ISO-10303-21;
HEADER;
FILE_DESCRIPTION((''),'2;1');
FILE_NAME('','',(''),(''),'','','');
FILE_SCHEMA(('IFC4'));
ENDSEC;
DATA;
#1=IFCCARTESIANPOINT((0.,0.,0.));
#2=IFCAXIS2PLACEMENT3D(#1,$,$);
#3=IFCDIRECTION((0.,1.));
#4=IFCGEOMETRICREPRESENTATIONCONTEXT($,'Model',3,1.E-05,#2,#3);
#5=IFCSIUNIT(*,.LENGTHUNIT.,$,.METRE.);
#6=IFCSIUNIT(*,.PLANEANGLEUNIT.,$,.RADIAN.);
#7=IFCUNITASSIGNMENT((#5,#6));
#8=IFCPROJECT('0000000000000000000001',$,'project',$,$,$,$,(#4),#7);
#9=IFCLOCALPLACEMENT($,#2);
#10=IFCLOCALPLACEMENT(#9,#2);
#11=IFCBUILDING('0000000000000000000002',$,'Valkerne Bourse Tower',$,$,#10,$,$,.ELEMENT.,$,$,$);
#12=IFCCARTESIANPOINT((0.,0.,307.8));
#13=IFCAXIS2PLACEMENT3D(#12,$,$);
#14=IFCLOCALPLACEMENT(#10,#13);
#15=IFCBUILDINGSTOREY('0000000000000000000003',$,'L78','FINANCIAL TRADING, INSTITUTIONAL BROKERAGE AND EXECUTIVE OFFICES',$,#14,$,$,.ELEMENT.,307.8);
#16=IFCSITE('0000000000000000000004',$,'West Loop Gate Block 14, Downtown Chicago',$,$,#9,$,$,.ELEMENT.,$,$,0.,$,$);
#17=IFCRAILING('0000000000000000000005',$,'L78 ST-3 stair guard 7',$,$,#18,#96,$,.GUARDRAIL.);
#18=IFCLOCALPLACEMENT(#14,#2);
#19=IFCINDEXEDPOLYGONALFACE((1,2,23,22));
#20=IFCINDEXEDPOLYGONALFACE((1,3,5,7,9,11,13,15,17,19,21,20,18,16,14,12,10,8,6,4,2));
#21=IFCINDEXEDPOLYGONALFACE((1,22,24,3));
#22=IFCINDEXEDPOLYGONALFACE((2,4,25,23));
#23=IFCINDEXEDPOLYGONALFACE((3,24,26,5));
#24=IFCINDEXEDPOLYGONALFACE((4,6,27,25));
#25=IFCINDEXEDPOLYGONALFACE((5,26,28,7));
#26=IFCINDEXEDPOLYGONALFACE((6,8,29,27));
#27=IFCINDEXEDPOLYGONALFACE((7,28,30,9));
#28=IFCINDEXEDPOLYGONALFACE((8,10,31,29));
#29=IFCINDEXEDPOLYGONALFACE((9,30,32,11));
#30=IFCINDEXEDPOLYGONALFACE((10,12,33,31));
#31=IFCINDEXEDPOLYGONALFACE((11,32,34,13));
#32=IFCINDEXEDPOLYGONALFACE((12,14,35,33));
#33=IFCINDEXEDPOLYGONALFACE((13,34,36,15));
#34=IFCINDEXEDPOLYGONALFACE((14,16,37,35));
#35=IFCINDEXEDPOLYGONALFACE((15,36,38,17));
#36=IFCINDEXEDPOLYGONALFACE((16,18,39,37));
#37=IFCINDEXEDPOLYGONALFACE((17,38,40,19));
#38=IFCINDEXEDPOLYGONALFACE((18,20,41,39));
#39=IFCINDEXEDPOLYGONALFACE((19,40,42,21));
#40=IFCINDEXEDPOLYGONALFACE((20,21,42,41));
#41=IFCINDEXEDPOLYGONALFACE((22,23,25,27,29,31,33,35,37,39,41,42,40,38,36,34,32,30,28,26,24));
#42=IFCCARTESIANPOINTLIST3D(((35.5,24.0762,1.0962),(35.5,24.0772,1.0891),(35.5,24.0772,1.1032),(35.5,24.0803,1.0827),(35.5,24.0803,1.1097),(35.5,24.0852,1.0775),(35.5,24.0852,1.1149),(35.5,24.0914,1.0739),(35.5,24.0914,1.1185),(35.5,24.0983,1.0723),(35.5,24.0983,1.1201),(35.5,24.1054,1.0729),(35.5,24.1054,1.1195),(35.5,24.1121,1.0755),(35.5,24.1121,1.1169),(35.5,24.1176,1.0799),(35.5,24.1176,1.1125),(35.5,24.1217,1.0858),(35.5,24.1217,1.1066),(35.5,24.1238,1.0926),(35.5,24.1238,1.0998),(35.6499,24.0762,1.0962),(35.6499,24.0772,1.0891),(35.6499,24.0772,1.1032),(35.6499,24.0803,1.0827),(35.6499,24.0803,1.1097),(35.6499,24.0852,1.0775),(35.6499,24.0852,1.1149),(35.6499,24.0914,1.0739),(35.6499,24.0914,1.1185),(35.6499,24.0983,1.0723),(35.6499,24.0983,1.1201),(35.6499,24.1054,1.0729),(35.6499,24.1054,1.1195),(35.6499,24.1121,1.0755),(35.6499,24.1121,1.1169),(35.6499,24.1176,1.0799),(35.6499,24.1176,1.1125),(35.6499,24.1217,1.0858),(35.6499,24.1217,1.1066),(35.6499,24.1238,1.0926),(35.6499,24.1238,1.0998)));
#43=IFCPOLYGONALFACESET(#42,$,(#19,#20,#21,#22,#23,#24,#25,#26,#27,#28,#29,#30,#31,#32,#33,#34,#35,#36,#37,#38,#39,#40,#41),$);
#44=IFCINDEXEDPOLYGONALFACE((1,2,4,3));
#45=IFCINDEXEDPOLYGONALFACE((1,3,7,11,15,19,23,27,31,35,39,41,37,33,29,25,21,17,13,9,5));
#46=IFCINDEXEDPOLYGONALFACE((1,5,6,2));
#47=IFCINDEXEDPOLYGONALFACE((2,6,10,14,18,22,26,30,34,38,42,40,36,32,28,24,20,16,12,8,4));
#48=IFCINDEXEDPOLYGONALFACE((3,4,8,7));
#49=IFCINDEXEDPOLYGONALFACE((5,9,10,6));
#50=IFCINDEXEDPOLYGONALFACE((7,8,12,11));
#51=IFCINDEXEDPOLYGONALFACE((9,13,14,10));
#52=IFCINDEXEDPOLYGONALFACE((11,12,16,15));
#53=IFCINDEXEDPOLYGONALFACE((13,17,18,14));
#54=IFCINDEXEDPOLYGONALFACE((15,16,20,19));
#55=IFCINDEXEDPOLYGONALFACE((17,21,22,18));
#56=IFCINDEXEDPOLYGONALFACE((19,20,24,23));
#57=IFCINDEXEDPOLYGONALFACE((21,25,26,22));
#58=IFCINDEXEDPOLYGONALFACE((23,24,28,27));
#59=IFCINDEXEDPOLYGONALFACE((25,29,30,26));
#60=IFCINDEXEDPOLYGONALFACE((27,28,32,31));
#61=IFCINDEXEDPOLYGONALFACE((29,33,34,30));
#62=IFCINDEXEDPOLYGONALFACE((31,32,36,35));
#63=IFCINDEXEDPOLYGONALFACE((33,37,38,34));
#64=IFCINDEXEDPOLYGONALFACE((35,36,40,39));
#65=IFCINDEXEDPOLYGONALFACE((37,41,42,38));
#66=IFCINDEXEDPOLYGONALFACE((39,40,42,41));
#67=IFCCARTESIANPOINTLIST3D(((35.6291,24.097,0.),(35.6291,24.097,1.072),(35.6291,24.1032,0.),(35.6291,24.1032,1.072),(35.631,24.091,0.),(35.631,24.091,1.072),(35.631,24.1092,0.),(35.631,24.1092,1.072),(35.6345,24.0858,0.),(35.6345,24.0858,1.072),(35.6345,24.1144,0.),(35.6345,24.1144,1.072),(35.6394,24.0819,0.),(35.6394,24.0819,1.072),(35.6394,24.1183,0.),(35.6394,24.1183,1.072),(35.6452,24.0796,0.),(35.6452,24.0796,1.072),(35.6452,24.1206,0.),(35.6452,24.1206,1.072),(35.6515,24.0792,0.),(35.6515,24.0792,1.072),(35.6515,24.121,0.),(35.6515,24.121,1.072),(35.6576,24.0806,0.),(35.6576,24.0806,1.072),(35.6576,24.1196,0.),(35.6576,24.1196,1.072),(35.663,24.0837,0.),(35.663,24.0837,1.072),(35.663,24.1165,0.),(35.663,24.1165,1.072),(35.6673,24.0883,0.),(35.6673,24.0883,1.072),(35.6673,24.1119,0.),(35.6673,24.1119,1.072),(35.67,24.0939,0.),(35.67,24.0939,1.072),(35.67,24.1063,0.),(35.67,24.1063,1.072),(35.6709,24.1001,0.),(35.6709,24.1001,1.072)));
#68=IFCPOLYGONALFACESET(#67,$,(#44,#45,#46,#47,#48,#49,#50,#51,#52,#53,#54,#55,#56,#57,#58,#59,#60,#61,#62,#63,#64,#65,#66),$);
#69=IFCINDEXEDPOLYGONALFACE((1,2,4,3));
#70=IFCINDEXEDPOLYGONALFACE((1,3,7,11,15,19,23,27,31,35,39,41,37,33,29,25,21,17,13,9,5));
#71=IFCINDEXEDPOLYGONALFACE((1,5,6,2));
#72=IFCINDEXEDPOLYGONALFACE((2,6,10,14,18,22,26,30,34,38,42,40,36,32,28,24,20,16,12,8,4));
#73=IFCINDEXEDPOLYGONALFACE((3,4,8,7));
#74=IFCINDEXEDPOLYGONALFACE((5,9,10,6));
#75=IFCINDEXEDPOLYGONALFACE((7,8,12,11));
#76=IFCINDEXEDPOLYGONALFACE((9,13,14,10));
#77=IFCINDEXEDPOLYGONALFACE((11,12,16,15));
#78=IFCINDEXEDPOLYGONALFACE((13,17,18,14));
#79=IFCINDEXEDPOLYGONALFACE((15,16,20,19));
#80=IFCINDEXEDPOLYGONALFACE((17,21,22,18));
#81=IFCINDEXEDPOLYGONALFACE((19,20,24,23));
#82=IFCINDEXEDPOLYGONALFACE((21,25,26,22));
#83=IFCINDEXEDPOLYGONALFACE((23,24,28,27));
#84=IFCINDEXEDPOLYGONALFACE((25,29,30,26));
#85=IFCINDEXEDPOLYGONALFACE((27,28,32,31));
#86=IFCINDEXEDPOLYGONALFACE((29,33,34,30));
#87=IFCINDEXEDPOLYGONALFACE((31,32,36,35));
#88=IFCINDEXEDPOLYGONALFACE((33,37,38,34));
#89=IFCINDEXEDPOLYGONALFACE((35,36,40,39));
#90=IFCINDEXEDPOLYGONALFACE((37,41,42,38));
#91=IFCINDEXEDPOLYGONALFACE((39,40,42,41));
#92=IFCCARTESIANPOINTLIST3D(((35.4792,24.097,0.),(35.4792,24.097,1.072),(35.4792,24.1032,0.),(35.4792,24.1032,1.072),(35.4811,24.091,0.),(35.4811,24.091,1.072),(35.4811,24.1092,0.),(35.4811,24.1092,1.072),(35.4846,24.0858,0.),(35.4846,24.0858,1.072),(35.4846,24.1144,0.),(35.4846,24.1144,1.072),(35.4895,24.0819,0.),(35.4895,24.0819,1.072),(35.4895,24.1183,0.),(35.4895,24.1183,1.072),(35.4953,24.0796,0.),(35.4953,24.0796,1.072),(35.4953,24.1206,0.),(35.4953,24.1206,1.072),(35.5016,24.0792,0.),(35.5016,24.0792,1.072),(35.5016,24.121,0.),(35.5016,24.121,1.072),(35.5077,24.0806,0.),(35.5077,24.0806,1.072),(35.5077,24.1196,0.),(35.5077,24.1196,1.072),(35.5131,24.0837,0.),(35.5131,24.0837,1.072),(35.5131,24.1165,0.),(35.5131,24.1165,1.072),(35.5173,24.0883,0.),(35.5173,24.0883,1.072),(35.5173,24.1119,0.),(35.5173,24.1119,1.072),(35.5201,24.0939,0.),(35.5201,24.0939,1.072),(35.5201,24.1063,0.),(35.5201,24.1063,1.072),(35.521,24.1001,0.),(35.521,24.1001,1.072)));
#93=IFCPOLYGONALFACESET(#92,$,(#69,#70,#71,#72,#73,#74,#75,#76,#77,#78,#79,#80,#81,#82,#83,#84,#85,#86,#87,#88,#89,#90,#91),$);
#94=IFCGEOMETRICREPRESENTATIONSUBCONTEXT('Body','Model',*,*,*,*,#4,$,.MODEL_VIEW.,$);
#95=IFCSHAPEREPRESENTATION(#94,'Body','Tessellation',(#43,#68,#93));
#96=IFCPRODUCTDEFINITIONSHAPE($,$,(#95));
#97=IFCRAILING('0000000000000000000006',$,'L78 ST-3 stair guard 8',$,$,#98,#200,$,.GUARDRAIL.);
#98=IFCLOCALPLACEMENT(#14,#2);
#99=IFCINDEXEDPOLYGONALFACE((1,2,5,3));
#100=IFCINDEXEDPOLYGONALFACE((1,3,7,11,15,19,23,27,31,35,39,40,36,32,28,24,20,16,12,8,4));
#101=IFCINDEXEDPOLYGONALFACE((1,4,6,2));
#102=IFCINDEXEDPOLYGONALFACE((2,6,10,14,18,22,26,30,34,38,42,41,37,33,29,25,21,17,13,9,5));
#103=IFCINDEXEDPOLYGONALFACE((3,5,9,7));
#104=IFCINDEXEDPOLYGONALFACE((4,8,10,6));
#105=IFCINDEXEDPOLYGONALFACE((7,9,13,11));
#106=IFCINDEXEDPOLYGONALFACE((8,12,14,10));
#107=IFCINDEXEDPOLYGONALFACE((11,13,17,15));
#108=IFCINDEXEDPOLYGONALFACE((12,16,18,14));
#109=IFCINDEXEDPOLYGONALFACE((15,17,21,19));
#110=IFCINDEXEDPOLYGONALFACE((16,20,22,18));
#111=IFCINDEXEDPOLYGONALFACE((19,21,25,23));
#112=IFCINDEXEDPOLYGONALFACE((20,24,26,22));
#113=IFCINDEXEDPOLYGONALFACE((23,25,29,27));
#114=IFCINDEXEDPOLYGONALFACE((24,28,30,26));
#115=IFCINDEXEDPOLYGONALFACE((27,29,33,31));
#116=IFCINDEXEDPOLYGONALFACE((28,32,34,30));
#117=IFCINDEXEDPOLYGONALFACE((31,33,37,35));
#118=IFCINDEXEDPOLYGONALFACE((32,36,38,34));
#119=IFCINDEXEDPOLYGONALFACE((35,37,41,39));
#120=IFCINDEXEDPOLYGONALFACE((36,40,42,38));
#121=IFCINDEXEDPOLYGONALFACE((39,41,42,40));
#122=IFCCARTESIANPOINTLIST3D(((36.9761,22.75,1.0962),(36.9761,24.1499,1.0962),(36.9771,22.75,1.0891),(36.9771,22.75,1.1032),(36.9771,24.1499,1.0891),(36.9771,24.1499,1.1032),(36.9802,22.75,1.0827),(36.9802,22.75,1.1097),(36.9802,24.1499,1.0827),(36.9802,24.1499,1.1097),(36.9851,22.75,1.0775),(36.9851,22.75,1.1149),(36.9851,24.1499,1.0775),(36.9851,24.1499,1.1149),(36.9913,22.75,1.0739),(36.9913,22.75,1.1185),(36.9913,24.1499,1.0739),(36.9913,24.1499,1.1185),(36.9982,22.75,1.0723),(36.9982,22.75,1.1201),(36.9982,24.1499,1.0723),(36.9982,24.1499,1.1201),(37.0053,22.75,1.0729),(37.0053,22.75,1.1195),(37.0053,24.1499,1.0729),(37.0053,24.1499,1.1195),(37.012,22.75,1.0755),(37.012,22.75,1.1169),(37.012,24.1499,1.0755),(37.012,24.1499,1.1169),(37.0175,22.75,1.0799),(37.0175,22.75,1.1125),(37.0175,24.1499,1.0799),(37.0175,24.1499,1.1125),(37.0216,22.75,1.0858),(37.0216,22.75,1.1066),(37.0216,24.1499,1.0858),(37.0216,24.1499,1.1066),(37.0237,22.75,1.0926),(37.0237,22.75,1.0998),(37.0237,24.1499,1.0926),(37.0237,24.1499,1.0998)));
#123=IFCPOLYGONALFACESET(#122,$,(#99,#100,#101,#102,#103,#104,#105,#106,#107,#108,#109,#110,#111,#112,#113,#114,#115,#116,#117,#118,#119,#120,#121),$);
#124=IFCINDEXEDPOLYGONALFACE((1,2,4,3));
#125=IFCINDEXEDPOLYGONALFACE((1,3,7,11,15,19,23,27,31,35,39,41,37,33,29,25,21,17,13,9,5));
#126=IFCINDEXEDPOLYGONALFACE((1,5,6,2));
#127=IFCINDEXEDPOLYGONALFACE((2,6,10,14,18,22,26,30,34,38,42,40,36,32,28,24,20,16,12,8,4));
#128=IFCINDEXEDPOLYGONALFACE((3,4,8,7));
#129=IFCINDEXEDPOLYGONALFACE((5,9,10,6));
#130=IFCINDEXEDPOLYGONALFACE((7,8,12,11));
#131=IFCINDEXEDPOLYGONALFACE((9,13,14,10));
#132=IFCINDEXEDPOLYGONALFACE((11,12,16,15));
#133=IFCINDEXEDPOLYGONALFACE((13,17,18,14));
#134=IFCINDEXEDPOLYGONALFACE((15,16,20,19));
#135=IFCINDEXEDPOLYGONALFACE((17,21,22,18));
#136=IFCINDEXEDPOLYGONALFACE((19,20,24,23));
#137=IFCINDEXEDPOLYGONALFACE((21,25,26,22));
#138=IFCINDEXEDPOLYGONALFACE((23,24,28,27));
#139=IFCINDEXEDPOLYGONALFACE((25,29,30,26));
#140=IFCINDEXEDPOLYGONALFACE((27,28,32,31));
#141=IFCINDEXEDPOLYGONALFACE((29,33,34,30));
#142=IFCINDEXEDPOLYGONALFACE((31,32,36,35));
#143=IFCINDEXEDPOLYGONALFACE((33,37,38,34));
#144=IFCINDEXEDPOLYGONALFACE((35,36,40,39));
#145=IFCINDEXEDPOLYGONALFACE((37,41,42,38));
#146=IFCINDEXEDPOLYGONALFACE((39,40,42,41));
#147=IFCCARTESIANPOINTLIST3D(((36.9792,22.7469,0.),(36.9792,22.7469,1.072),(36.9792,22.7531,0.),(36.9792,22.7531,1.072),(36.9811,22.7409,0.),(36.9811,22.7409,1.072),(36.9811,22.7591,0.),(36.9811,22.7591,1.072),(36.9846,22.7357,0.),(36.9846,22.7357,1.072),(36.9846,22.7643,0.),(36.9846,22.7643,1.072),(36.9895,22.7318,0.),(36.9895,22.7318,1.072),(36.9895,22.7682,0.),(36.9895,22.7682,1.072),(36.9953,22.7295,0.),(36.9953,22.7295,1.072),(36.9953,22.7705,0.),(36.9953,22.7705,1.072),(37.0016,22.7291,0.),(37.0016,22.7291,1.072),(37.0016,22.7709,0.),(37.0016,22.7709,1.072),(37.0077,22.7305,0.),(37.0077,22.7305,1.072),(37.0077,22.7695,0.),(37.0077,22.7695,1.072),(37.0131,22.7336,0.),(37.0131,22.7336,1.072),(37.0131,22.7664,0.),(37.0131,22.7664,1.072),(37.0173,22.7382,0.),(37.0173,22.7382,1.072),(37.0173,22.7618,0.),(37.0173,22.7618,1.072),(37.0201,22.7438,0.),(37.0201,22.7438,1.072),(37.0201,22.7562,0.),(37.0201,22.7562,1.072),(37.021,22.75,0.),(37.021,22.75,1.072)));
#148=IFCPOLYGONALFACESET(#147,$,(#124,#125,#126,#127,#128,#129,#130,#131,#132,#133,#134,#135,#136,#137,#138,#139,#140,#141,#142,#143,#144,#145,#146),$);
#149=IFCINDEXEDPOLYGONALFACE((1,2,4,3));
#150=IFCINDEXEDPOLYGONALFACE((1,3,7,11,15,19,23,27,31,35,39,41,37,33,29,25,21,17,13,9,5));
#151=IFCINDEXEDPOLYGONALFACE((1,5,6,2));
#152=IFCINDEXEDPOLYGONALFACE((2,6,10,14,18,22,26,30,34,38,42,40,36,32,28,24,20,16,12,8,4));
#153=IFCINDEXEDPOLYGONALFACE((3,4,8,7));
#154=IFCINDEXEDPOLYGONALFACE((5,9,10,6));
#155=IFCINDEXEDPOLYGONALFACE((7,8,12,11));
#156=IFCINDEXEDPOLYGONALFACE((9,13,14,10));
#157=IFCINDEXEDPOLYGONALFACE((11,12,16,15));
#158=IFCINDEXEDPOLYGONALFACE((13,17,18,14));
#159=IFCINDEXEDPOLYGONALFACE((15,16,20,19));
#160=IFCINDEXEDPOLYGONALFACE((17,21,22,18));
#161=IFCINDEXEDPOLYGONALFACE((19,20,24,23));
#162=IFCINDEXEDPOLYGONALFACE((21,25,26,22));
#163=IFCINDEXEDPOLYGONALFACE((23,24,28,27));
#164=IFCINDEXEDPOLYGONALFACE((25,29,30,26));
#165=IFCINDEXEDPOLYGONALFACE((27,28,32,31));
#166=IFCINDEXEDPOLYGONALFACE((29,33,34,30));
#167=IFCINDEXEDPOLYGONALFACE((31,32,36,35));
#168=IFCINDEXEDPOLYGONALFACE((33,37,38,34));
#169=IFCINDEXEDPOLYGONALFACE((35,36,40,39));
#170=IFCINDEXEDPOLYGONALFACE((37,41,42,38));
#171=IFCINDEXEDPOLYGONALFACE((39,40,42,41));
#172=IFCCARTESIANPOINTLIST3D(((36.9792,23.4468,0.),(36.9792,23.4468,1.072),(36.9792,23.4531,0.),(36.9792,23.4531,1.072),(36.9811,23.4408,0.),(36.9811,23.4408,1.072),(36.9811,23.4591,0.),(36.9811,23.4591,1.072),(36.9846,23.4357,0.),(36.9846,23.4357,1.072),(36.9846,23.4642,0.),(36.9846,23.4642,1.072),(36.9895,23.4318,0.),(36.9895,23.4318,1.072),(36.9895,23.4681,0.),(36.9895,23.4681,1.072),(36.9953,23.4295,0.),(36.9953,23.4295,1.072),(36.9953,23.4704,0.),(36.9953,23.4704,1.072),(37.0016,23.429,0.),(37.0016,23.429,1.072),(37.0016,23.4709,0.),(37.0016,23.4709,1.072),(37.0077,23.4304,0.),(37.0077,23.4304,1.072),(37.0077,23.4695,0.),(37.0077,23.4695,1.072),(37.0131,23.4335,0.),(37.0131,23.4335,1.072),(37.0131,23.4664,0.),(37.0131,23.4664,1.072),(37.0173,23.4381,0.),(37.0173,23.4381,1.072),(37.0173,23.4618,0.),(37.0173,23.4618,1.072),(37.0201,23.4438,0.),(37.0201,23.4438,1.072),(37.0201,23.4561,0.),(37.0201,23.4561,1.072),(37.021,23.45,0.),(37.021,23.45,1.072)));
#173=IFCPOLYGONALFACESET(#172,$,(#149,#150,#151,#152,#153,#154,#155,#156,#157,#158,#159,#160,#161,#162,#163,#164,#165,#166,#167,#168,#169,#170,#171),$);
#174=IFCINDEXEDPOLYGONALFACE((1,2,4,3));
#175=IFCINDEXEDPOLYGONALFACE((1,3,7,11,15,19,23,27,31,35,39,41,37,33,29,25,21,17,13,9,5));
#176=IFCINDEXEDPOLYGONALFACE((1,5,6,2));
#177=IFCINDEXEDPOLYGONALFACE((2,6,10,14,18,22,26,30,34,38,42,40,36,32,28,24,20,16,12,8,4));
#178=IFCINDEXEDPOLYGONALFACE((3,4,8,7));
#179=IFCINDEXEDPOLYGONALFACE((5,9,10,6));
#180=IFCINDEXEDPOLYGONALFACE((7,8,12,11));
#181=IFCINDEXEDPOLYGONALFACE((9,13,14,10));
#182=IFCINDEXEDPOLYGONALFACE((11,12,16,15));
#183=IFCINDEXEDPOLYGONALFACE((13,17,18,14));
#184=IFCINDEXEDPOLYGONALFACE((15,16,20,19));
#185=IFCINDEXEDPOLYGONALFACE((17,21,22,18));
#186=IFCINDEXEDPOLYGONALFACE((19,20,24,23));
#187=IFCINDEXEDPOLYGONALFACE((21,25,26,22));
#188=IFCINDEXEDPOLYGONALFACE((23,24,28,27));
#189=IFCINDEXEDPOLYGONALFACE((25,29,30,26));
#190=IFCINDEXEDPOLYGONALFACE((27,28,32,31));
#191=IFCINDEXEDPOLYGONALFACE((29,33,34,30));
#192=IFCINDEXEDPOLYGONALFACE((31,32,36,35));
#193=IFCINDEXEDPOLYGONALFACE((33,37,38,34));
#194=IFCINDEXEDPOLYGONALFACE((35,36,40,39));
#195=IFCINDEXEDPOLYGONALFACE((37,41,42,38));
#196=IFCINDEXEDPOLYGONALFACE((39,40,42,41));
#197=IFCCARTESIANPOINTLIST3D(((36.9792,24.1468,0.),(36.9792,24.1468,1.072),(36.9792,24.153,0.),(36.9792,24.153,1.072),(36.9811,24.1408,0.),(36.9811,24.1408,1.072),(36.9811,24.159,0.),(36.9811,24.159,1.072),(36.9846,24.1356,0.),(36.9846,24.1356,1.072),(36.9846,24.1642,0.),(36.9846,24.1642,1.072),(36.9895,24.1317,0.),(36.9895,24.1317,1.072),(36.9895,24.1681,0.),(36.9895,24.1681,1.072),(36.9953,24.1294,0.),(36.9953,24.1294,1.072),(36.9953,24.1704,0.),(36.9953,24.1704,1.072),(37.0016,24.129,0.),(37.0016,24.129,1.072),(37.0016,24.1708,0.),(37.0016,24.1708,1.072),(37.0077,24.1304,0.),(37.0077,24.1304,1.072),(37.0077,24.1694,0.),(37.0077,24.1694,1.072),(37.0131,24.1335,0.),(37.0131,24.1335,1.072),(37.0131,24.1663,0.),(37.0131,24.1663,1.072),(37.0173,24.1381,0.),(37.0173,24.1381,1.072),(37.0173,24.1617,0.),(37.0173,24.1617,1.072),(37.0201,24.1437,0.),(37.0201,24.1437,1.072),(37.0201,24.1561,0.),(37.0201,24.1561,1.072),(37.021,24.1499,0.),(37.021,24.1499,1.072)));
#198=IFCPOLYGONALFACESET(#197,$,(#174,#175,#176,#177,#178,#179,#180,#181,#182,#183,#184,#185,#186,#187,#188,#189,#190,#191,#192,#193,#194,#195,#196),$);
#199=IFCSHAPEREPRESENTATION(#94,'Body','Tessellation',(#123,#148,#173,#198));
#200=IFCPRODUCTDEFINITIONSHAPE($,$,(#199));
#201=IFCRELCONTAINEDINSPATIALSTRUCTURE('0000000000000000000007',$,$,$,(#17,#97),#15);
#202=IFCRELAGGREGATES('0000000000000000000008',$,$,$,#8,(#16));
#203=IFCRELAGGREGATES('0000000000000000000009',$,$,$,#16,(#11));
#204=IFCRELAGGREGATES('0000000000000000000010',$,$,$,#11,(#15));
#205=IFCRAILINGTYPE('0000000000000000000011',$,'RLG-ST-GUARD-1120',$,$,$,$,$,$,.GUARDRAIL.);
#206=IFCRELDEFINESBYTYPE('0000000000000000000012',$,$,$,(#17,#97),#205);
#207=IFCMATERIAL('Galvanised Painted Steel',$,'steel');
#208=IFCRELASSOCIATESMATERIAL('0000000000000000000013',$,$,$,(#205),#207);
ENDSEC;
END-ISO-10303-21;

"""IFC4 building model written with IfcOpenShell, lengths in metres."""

from ifc_helpers import new_model, si_unit, direction, frame, origin, origin_2d, place, context, subcontext, project, spatial, circle, extrude, material, type_object, element, save


model = new_model("IFC4")

# Units and contexts
model_context = context("Model", 3, precision=1e-05, world=origin(), true_north=direction((0.0, 1.0)))
body_context = subcontext(model_context, "Body", "Model", "MODEL_VIEW")
ifc_project = project(units=[si_unit("LENGTHUNIT", "METRE"), si_unit("PLANEANGLEUNIT", "RADIAN")], contexts=[model_context])

# Site, building, storey
site_placement = place(None, origin())
site = spatial("IfcSite", under=ifc_project, at=site_placement, Name="West Loop Gate Block 14, Downtown Chicago", CompositionType="ELEMENT", RefElevation=0.0)
building_placement = place(site_placement, origin())
building = spatial("IfcBuilding", under=site, at=building_placement, Name="Valkerne Bourse Tower", CompositionType="ELEMENT")
storey_placement = place(building_placement, frame((0.0, 0.0, 307.8)))
storey = spatial("IfcBuildingStorey", under=building, at=storey_placement, Name="L78", Description="FINANCIAL TRADING, INSTITUTIONAL BROKERAGE AND EXECUTIVE OFFICES", CompositionType="ELEMENT", Elevation=307.8)

# Railings
ifc_material_1 = material(Name="Galvanised Painted Steel", Category="steel")
railing_type_1 = type_object("IfcRailingType", Name="RLG-ST-GUARD-1120", PredefinedType="GUARDRAIL", material=ifc_material_1)
railing_1_placement = place(storey_placement, frame((35.6499, 24.1001, 0.0)))
element("IfcRailing", 1, at=railing_1_placement, inside=storey, type_object=railing_type_1, Name="L78 ST-3 stair guard 7", PredefinedType="GUARDRAIL", context=body_context, shape_type="SweptSolid", body=[
    extrude(circle(Radius=0.0239, at=origin_2d()), frame((0.0, 0.0, 1.0962), z_axis=(-1.0, 0.0, 0.0), x_axis=(0.0, -1.0, 0.0)), (0.0, 0.0, 1.0), 0.1499),
    extrude(circle(Radius=0.021, at=origin_2d()), origin(), (0.0, 0.0, 1.0), 1.072),
    extrude(circle(Radius=0.021, at=origin_2d()), frame((-0.1499, 0.0, 0.0)), (0.0, 0.0, 1.0), 1.072),
])
railing_2_placement = place(storey_placement, frame((37.0, 22.75, 0.0)))
element("IfcRailing", 2, at=railing_2_placement, inside=storey, type_object=railing_type_1, Name="L78 ST-3 stair guard 8", PredefinedType="GUARDRAIL", context=body_context, shape_type="SweptSolid", body=[
    extrude(circle(Radius=0.0239, at=origin_2d()), frame((0.0, 0.0, 1.0962), z_axis=(0.0, 1.0, 0.0), x_axis=(-1.0, 0.0, 0.0)), (0.0, 0.0, 1.0), 1.3999),
    extrude(circle(Radius=0.021, at=origin_2d()), origin(), (0.0, 0.0, 1.0), 1.072),
    extrude(circle(Radius=0.021, at=origin_2d()), frame((0.0, 0.7, 0.0)), (0.0, 0.0, 1.0), 1.072),
    extrude(circle(Radius=0.021, at=origin_2d()), frame((0.0, 1.3999, 0.0)), (0.0, 0.0, 1.0), 1.072),
])

save(model, "model.ifc")
